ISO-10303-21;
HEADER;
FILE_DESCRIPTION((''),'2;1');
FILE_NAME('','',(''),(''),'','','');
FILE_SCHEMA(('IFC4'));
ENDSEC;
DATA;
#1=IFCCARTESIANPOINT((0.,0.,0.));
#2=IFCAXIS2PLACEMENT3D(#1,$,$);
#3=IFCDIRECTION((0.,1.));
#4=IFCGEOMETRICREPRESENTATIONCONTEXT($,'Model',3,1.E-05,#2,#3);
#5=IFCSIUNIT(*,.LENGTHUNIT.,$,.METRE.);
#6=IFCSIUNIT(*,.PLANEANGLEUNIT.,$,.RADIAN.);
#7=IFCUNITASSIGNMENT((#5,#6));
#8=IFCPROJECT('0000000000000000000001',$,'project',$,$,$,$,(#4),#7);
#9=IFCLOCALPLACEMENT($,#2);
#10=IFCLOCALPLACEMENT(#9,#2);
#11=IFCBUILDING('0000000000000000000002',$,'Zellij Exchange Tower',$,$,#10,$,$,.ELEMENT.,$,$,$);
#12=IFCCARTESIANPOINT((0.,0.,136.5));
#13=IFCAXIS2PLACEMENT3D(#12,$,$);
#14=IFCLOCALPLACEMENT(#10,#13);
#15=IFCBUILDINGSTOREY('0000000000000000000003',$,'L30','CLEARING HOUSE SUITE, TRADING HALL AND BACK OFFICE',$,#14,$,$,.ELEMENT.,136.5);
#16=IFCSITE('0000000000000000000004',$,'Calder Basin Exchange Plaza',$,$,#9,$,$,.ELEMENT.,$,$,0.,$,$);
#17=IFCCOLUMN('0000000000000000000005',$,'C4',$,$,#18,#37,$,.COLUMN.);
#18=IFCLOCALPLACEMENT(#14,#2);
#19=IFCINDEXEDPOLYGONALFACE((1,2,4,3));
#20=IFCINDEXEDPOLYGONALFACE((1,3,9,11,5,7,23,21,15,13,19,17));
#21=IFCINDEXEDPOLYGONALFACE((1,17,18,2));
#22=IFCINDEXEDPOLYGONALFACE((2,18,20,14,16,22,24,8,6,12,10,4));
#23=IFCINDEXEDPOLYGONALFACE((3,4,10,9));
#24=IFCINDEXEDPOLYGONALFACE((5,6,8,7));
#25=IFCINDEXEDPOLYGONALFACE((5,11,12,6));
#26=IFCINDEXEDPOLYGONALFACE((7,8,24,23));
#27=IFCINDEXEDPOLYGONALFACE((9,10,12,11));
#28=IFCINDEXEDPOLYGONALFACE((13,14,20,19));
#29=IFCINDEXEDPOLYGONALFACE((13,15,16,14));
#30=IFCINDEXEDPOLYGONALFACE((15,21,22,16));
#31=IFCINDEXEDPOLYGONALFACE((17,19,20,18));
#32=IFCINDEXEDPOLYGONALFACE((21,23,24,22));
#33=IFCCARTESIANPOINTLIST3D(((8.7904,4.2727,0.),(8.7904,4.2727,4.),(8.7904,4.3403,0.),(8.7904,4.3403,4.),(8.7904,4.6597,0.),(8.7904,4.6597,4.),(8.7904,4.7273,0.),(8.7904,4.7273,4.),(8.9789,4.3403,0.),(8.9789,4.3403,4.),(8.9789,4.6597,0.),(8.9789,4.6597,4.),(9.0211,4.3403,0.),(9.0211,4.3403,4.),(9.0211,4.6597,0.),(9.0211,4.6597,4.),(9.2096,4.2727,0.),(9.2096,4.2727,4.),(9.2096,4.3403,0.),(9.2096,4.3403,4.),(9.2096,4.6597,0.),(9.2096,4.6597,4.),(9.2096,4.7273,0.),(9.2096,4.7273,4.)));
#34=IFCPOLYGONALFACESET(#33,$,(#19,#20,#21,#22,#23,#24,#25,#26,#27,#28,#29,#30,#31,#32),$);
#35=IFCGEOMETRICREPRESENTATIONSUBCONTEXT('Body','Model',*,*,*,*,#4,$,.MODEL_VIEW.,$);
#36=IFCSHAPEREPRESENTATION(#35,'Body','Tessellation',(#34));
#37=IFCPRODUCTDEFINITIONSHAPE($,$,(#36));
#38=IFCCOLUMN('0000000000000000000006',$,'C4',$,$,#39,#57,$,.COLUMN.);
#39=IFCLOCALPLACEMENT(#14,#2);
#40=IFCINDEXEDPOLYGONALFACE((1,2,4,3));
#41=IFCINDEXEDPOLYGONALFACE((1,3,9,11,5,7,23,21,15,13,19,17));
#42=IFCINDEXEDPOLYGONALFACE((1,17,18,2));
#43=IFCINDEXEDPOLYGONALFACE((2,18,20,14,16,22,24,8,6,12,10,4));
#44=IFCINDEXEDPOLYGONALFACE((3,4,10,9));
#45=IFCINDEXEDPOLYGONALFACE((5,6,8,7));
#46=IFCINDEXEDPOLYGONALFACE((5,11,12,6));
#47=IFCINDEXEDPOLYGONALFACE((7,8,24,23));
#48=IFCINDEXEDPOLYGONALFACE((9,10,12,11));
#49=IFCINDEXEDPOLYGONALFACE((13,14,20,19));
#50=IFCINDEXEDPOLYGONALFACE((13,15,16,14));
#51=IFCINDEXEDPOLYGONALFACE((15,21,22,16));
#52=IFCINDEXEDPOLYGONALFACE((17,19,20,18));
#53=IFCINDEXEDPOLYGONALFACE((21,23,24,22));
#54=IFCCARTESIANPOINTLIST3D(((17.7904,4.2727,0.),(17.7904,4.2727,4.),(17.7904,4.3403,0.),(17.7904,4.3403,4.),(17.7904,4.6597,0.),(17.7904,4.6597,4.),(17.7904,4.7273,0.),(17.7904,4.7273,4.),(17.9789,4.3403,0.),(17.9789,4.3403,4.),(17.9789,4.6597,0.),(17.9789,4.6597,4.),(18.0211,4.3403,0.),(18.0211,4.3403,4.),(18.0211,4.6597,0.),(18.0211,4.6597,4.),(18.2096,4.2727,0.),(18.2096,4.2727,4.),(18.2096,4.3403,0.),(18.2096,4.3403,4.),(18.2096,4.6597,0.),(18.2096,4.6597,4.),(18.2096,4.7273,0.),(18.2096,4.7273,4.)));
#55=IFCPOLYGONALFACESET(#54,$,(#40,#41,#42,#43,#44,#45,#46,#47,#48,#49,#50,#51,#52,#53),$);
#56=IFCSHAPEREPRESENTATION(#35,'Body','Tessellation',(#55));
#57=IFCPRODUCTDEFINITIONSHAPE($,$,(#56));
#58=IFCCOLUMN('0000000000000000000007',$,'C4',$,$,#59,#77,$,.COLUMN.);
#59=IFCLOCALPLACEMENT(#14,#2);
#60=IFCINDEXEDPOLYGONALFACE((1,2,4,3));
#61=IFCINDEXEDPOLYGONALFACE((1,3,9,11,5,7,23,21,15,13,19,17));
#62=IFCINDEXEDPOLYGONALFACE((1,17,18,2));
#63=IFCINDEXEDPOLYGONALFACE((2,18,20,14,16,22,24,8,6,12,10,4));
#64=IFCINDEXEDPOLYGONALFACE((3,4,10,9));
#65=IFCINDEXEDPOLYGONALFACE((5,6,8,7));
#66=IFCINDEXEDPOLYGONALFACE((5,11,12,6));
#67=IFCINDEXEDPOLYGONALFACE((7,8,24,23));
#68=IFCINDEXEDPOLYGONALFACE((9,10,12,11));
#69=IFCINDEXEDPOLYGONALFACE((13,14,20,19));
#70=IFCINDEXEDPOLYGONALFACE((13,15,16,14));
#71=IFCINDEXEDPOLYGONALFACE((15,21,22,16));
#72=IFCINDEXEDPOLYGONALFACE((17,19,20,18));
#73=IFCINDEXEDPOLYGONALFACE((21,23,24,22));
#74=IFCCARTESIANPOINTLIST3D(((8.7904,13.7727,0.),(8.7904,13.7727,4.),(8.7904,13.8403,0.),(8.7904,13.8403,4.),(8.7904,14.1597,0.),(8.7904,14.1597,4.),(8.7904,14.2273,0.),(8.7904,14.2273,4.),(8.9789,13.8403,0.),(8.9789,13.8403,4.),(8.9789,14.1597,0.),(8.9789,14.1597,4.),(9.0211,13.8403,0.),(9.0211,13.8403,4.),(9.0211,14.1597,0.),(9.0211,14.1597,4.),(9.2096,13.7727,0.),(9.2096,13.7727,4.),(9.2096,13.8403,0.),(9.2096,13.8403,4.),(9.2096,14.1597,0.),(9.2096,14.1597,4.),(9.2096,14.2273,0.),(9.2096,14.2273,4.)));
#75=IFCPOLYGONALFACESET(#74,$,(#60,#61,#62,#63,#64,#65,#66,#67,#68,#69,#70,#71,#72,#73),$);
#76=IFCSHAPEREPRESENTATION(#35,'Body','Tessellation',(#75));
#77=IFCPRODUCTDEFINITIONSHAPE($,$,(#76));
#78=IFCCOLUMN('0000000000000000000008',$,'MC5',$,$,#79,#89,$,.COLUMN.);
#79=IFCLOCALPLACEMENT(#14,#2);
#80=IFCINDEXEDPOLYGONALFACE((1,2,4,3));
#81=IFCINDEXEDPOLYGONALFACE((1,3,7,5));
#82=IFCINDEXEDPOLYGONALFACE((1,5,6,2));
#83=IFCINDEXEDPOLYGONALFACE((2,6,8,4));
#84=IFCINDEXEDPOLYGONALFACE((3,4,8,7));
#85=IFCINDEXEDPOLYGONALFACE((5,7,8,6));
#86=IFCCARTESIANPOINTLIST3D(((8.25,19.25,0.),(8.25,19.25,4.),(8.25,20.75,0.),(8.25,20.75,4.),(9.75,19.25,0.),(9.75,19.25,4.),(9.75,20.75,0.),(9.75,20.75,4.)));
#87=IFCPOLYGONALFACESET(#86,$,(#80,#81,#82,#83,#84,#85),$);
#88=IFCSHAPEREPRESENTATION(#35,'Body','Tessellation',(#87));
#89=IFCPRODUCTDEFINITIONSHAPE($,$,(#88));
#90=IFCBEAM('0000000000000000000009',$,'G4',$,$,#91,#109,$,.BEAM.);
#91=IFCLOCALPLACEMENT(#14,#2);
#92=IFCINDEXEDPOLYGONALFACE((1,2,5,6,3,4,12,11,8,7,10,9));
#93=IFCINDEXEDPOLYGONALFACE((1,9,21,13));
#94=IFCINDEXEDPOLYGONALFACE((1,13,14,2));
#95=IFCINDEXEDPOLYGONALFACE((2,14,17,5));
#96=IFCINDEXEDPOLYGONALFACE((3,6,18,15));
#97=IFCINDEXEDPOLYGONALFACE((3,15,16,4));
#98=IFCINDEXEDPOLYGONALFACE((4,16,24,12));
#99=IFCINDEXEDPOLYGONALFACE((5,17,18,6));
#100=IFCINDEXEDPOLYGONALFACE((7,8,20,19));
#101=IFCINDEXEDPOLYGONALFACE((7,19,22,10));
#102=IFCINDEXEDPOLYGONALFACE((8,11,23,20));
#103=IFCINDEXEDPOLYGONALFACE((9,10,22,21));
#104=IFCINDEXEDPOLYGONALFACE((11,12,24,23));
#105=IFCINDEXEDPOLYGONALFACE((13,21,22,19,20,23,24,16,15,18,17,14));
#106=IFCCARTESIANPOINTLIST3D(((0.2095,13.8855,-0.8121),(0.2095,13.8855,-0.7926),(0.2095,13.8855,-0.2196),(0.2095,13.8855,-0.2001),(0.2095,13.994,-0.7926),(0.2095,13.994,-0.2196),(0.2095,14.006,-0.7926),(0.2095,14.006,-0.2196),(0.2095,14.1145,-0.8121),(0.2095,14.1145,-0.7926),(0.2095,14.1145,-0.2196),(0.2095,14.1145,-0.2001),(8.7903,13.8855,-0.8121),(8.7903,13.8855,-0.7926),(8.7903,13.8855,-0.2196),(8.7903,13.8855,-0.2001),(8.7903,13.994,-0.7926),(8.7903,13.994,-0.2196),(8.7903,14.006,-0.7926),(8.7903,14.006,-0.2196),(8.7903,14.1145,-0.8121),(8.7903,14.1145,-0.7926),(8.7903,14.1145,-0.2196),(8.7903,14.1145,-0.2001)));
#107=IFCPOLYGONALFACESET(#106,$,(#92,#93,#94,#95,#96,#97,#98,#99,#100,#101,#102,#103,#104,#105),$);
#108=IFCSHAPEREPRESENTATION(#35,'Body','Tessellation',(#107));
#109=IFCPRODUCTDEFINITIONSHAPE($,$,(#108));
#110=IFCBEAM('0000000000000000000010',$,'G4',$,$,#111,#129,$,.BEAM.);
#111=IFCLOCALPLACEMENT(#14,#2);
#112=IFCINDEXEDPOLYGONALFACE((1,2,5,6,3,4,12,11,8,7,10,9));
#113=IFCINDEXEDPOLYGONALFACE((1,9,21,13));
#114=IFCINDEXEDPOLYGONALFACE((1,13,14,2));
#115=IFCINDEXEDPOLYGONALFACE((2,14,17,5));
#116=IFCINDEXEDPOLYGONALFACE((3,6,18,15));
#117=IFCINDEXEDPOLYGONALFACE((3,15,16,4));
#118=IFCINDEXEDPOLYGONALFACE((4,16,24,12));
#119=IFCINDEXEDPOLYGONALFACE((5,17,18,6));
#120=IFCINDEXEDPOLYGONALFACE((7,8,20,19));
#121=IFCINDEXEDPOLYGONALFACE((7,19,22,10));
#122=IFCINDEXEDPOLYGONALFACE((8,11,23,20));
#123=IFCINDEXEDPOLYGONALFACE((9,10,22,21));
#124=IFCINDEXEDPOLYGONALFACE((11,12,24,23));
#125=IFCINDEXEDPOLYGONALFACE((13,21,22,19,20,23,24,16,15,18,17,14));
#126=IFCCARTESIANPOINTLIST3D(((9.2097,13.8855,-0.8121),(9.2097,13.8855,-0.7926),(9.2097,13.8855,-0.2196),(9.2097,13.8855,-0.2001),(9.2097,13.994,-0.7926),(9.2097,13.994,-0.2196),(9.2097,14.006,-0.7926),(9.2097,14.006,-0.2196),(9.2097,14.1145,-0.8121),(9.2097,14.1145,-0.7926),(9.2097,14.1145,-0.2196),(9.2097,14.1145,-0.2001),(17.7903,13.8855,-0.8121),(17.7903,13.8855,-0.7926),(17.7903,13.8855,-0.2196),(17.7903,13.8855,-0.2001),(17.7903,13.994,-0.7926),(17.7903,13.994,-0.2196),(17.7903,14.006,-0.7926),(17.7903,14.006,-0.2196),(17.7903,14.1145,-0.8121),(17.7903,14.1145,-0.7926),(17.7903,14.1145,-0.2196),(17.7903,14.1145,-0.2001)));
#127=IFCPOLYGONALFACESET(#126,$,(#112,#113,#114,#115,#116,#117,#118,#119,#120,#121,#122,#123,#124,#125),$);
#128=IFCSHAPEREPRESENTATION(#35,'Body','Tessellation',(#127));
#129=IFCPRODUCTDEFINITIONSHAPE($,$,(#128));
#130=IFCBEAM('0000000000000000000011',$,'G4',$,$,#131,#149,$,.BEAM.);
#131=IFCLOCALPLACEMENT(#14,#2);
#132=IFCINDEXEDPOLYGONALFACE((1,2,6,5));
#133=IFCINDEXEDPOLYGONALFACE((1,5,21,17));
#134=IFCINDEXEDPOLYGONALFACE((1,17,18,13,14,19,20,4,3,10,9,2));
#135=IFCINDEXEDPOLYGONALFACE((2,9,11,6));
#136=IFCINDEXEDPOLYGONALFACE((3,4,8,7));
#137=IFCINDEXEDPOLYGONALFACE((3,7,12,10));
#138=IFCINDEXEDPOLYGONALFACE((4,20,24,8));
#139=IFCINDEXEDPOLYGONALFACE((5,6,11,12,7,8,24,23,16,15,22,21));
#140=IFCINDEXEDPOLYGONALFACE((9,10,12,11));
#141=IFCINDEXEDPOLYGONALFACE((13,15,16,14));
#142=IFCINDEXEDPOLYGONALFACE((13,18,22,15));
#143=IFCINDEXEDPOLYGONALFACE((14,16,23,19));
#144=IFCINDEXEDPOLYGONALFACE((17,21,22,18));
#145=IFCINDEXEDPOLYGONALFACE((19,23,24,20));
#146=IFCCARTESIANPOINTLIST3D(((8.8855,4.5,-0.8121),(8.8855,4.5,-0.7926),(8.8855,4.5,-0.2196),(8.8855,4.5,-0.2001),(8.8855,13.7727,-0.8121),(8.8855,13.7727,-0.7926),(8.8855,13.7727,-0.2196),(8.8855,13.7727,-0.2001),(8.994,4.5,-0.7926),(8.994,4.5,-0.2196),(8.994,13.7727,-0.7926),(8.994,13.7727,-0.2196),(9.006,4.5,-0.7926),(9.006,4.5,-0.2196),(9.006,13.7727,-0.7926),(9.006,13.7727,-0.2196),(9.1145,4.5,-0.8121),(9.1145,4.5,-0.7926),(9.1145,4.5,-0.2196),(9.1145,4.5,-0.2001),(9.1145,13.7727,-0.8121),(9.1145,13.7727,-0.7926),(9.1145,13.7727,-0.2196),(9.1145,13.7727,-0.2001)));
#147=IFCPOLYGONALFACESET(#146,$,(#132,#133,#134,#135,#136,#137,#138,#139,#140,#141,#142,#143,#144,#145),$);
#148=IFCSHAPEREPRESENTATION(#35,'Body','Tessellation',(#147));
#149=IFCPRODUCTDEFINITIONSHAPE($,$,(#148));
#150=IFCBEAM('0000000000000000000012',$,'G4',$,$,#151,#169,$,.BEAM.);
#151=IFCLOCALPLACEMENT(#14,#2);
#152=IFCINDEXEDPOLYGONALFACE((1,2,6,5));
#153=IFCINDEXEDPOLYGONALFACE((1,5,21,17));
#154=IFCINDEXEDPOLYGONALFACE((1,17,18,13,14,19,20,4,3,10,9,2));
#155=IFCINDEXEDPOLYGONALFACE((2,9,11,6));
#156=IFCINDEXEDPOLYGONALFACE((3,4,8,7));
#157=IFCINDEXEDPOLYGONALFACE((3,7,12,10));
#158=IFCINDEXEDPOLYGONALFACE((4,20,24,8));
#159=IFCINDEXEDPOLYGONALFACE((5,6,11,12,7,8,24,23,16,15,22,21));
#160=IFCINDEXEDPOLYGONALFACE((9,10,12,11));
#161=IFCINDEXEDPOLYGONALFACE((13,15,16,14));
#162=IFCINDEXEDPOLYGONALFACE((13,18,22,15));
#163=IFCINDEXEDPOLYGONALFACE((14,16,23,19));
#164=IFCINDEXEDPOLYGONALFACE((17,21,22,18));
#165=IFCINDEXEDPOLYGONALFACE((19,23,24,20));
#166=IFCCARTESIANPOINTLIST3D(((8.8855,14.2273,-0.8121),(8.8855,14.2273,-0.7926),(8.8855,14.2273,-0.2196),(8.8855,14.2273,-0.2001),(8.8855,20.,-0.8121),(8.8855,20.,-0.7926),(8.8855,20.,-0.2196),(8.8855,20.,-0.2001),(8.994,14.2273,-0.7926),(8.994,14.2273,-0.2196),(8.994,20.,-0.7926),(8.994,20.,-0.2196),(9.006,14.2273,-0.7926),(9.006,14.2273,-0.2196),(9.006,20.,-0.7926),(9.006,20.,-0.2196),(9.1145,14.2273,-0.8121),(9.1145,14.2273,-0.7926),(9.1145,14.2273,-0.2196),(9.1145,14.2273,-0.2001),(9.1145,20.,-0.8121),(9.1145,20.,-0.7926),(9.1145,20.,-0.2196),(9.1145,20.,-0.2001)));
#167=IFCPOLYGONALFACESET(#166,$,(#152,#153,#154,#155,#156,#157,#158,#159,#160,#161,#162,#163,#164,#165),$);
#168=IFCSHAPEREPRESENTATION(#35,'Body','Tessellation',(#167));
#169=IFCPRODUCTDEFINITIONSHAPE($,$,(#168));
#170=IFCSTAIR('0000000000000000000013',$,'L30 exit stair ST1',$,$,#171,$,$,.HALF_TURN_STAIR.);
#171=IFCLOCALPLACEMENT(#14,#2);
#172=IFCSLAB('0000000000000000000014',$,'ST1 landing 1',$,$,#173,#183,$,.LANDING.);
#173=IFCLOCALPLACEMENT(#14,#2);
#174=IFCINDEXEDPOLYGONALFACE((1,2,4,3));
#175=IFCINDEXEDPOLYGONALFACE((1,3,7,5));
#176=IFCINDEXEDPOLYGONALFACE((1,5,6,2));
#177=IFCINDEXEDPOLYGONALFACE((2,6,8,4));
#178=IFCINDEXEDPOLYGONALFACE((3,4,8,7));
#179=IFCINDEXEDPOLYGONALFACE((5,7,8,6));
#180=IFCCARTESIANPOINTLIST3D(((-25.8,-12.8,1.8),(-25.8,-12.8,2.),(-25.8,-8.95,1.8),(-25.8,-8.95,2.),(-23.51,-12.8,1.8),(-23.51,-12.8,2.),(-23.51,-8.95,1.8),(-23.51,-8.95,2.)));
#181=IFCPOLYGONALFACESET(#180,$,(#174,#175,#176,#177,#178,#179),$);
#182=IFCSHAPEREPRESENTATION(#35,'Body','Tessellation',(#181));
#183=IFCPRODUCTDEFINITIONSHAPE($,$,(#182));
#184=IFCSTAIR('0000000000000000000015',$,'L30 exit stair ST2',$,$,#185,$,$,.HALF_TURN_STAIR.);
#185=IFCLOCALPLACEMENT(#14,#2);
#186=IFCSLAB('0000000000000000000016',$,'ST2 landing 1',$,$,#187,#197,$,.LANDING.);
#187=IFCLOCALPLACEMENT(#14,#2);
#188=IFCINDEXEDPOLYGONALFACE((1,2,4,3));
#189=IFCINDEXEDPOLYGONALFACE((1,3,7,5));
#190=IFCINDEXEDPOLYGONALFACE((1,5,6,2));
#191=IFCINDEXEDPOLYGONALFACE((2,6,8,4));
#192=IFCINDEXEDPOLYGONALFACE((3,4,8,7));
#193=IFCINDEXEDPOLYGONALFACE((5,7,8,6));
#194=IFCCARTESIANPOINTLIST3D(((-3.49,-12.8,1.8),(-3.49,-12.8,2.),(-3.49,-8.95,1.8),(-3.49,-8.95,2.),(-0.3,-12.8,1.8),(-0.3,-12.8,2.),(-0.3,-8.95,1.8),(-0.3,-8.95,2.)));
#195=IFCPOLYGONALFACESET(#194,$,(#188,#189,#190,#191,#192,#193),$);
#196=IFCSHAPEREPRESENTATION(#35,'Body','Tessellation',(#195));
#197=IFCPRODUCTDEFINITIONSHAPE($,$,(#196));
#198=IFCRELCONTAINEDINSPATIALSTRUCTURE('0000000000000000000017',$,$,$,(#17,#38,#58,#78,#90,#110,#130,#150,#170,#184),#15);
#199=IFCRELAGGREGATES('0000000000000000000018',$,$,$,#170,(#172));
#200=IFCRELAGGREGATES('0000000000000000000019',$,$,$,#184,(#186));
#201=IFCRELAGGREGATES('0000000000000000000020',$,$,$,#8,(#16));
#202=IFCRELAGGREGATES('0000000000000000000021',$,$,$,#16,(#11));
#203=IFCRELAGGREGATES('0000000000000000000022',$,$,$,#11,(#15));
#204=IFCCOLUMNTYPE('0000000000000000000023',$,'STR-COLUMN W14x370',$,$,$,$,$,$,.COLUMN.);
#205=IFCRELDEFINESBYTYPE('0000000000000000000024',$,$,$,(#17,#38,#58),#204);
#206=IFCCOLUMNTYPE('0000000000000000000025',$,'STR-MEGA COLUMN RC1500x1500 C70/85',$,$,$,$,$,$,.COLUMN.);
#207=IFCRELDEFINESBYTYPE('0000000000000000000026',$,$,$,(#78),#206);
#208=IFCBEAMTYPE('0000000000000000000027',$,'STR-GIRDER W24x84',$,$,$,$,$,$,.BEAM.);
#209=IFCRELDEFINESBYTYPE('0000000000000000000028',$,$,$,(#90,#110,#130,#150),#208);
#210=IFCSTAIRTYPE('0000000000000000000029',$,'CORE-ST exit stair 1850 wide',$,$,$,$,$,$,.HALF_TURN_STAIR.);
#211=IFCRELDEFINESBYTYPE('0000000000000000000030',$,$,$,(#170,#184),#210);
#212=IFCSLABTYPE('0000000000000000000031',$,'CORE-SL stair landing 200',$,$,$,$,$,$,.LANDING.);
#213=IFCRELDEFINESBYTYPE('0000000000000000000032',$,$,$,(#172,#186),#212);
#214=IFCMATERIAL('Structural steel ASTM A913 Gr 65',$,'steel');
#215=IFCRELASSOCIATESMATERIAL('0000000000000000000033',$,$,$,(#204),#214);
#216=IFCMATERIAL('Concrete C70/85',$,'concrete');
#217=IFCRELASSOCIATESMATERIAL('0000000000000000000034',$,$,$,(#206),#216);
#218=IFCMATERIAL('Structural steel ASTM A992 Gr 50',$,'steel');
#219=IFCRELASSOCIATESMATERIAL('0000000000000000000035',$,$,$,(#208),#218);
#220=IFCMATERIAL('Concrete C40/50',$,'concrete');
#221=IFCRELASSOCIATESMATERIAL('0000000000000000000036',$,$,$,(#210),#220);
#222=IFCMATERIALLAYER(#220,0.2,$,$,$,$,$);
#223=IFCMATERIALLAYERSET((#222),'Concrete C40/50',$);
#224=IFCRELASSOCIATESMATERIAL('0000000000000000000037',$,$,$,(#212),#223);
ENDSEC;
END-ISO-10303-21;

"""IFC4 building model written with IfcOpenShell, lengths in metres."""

from ifc_helpers import new_model, si_unit, direction, frame, origin, origin_2d, place, context, subcontext, project, spatial, polyline, rectangle, i_section, outline, extrude, material, layer, layer_set, material_profile, profile_set, type_object, element, aggregate, save


model = new_model("IFC4")

# Units and contexts
model_context = context("Model", 3, precision=1e-05, world=origin(), true_north=direction((0.0, 1.0)))
body_context = subcontext(model_context, "Body", "Model", "MODEL_VIEW")
ifc_project = project(units=[si_unit("LENGTHUNIT", "METRE"), si_unit("PLANEANGLEUNIT", "RADIAN")], contexts=[model_context])

# Site, building, storey
site_placement = place(None, origin())
site = spatial("IfcSite", under=ifc_project, at=site_placement, Name="Calder Basin Exchange Plaza", CompositionType="ELEMENT", RefElevation=0.0)
building_placement = place(site_placement, origin())
building = spatial("IfcBuilding", under=site, at=building_placement, Name="Zellij Exchange Tower", CompositionType="ELEMENT")
storey_placement = place(building_placement, frame((0.0, 0.0, 136.5)))
storey = spatial("IfcBuildingStorey", under=building, at=storey_placement, Name="L30", Description="CLEARING HOUSE SUITE, TRADING HALL AND BACK OFFICE", CompositionType="ELEMENT", Elevation=136.5)

# Columns
ifc_material_1 = material(Name="Structural steel ASTM A913 Gr 65", Category="steel")
ifc_material_profile_1 = material_profile(ifc_material_1, i_section(OverallWidth=0.4192, OverallDepth=0.4546, WebThickness=0.0422, FlangeThickness=0.0676, at=origin_2d()), Name="W14x370")
ifc_profile_set_1 = profile_set([ifc_material_profile_1], Name="Structural steel ASTM A913 Gr 65")
column_type_1 = type_object("IfcColumnType", Name="STR-COLUMN W14x370", PredefinedType="COLUMN", material=ifc_profile_set_1)
for number, where, z_axis, x_axis, name in (
    (1, (9.0, 4.5, 0.0), (0.0, 0.0, 1.0), (1.0, 0.0, 0.0), "C4"),
    (2, (18.0, 4.5, 0.0), (0.0, 0.0, 1.0), (1.0, 0.0, 0.0), "C4"),
    (3, (9.0, 14.0, 0.0), (0.0, 0.0, 1.0), (1.0, 0.0, 0.0), "C4"),
):
    element("IfcColumn", number, at=place(storey_placement, frame(where, z_axis=z_axis, x_axis=x_axis)), inside=storey, type_object=column_type_1, Name=name, PredefinedType="COLUMN", context=body_context, shape_type="SweptSolid", body=[
        extrude(i_section(OverallWidth=0.4192, OverallDepth=0.4546, WebThickness=0.0422, FlangeThickness=0.0676, at=origin_2d()), origin(), (0.0, 0.0, 1.0), 4.0),
    ])
ifc_material_2 = material(Name="Concrete C70/85", Category="concrete")
ifc_material_profile_2 = material_profile(ifc_material_2, rectangle(XDim=1.5, YDim=1.5, at=origin_2d()), Name="STR-MEGA COLUMN RC1500x1500 C70/85")
ifc_profile_set_2 = profile_set([ifc_material_profile_2], Name="Concrete C70/85")
column_type_2 = type_object("IfcColumnType", Name="STR-MEGA COLUMN RC1500x1500 C70/85", PredefinedType="COLUMN", material=ifc_profile_set_2)
column_placement = place(storey_placement, frame((9.0, 20.0, 0.0), z_axis=(0.0, 0.0, 1.0), x_axis=(1.0, 0.0, 0.0)))
element("IfcColumn", 4, at=column_placement, inside=storey, type_object=column_type_2, Name="MC5", PredefinedType="COLUMN", context=body_context, shape_type="SweptSolid", body=[
    extrude(rectangle(XDim=1.5, YDim=1.5, at=origin_2d()), origin(), (0.0, 0.0, 1.0), 4.0),
])

# Beams
ifc_material_3 = material(Name="Structural steel ASTM A992 Gr 50", Category="steel")
ifc_material_profile_3 = material_profile(ifc_material_3, i_section(OverallWidth=0.229, OverallDepth=0.6121, WebThickness=0.012, FlangeThickness=0.0195, at=origin_2d()), Name="W24x84")
ifc_profile_set_3 = profile_set([ifc_material_profile_3], Name="Structural steel ASTM A992 Gr 50")
beam_type = type_object("IfcBeamType", Name="STR-GIRDER W24x84", PredefinedType="BEAM", material=ifc_profile_set_3)
beam_1_placement = place(storey_placement, frame((0.2095, 14.0, -0.5061), z_axis=(1.0, 0.0, 0.0), x_axis=(0.0, 1.0, 0.0)))
element("IfcBeam", 5, at=beam_1_placement, inside=storey, type_object=beam_type, Name="G4", PredefinedType="BEAM", context=body_context, shape_type="SweptSolid", body=[
    extrude(i_section(OverallWidth=0.229, OverallDepth=0.6121, WebThickness=0.012, FlangeThickness=0.0195, at=origin_2d()), origin(), (0.0, 0.0, 1.0), 8.5808),
])
beam_2_placement = place(storey_placement, frame((9.2097, 14.0, -0.5061), z_axis=(1.0, 0.0, 0.0), x_axis=(0.0, 1.0, 0.0)))
element("IfcBeam", 6, at=beam_2_placement, inside=storey, type_object=beam_type, Name="G4", PredefinedType="BEAM", context=body_context, shape_type="SweptSolid", body=[
    extrude(i_section(OverallWidth=0.229, OverallDepth=0.6121, WebThickness=0.012, FlangeThickness=0.0195, at=origin_2d()), origin(), (0.0, 0.0, 1.0), 8.5806),
])
beam_3_placement = place(storey_placement, frame((9.0, 4.5, -0.5061), z_axis=(0.0, 1.0, 0.0), x_axis=(-1.0, 0.0, 0.0)))
element("IfcBeam", 7, at=beam_3_placement, inside=storey, type_object=beam_type, Name="G4", PredefinedType="BEAM", context=body_context, shape_type="SweptSolid", body=[
    extrude(i_section(OverallWidth=0.229, OverallDepth=0.6121, WebThickness=0.012, FlangeThickness=0.0195, at=origin_2d()), origin(), (0.0, 0.0, 1.0), 9.2727),
])
beam_4_placement = place(storey_placement, frame((9.0, 14.2273, -0.5061), z_axis=(0.0, 1.0, 0.0), x_axis=(-1.0, 0.0, 0.0)))
element("IfcBeam", 8, at=beam_4_placement, inside=storey, type_object=beam_type, Name="G4", PredefinedType="BEAM", context=body_context, shape_type="SweptSolid", body=[
    extrude(i_section(OverallWidth=0.229, OverallDepth=0.6121, WebThickness=0.012, FlangeThickness=0.0195, at=origin_2d()), origin(), (0.0, 0.0, 1.0), 5.7727),
])

# Stairs, slabs
ifc_material_4 = material(Name="Concrete C40/50", Category="concrete")
stair_type = type_object("IfcStairType", Name="CORE-ST exit stair 1850 wide", PredefinedType="HALF_TURN_STAIR", material=ifc_material_4)
stair_1_placement = place(storey_placement, origin())
stair_1 = element("IfcStair", 9, at=stair_1_placement, inside=storey, type_object=stair_type, Name="L30 exit stair ST1", PredefinedType="HALF_TURN_STAIR")
ifc_layer_1 = layer(ifc_material_4, 0.2)
ifc_layer_set_1 = layer_set([ifc_layer_1], Name="Concrete C40/50")
slab_type = type_object("IfcSlabType", Name="CORE-SL stair landing 200", PredefinedType="LANDING", material=ifc_layer_set_1)
slab_1_placement = place(storey_placement, frame((0.0, 0.0, 1.8)))
slab_1 = element("IfcSlab", 10, at=slab_1_placement, type_object=slab_type, Name="ST1 landing 1", PredefinedType="LANDING", context=body_context, shape_type="SweptSolid", body=[
    extrude(outline(polyline([(-23.51, -8.95), (-25.8, -8.95), (-25.8, -12.8), (-23.51, -12.8), (-23.51, -8.95)])), origin(), (0.0, 0.0, 1.0), 0.2),
])
aggregate(stair_1, [slab_1])
stair_2_placement = place(storey_placement, origin())
stair_2 = element("IfcStair", 11, at=stair_2_placement, inside=storey, type_object=stair_type, Name="L30 exit stair ST2", PredefinedType="HALF_TURN_STAIR")
slab_2_placement = place(storey_placement, frame((0.0, 0.0, 1.8)))
slab_2 = element("IfcSlab", 12, at=slab_2_placement, type_object=slab_type, Name="ST2 landing 1", PredefinedType="LANDING", context=body_context, shape_type="SweptSolid", body=[
    extrude(outline(polyline([(-3.49, -12.8), (-0.3, -12.8), (-0.3, -8.95), (-3.49, -8.95), (-3.49, -12.8)])), origin(), (0.0, 0.0, 1.0), 0.2),
])
aggregate(stair_2, [slab_2])

save(model, "model.ifc")
